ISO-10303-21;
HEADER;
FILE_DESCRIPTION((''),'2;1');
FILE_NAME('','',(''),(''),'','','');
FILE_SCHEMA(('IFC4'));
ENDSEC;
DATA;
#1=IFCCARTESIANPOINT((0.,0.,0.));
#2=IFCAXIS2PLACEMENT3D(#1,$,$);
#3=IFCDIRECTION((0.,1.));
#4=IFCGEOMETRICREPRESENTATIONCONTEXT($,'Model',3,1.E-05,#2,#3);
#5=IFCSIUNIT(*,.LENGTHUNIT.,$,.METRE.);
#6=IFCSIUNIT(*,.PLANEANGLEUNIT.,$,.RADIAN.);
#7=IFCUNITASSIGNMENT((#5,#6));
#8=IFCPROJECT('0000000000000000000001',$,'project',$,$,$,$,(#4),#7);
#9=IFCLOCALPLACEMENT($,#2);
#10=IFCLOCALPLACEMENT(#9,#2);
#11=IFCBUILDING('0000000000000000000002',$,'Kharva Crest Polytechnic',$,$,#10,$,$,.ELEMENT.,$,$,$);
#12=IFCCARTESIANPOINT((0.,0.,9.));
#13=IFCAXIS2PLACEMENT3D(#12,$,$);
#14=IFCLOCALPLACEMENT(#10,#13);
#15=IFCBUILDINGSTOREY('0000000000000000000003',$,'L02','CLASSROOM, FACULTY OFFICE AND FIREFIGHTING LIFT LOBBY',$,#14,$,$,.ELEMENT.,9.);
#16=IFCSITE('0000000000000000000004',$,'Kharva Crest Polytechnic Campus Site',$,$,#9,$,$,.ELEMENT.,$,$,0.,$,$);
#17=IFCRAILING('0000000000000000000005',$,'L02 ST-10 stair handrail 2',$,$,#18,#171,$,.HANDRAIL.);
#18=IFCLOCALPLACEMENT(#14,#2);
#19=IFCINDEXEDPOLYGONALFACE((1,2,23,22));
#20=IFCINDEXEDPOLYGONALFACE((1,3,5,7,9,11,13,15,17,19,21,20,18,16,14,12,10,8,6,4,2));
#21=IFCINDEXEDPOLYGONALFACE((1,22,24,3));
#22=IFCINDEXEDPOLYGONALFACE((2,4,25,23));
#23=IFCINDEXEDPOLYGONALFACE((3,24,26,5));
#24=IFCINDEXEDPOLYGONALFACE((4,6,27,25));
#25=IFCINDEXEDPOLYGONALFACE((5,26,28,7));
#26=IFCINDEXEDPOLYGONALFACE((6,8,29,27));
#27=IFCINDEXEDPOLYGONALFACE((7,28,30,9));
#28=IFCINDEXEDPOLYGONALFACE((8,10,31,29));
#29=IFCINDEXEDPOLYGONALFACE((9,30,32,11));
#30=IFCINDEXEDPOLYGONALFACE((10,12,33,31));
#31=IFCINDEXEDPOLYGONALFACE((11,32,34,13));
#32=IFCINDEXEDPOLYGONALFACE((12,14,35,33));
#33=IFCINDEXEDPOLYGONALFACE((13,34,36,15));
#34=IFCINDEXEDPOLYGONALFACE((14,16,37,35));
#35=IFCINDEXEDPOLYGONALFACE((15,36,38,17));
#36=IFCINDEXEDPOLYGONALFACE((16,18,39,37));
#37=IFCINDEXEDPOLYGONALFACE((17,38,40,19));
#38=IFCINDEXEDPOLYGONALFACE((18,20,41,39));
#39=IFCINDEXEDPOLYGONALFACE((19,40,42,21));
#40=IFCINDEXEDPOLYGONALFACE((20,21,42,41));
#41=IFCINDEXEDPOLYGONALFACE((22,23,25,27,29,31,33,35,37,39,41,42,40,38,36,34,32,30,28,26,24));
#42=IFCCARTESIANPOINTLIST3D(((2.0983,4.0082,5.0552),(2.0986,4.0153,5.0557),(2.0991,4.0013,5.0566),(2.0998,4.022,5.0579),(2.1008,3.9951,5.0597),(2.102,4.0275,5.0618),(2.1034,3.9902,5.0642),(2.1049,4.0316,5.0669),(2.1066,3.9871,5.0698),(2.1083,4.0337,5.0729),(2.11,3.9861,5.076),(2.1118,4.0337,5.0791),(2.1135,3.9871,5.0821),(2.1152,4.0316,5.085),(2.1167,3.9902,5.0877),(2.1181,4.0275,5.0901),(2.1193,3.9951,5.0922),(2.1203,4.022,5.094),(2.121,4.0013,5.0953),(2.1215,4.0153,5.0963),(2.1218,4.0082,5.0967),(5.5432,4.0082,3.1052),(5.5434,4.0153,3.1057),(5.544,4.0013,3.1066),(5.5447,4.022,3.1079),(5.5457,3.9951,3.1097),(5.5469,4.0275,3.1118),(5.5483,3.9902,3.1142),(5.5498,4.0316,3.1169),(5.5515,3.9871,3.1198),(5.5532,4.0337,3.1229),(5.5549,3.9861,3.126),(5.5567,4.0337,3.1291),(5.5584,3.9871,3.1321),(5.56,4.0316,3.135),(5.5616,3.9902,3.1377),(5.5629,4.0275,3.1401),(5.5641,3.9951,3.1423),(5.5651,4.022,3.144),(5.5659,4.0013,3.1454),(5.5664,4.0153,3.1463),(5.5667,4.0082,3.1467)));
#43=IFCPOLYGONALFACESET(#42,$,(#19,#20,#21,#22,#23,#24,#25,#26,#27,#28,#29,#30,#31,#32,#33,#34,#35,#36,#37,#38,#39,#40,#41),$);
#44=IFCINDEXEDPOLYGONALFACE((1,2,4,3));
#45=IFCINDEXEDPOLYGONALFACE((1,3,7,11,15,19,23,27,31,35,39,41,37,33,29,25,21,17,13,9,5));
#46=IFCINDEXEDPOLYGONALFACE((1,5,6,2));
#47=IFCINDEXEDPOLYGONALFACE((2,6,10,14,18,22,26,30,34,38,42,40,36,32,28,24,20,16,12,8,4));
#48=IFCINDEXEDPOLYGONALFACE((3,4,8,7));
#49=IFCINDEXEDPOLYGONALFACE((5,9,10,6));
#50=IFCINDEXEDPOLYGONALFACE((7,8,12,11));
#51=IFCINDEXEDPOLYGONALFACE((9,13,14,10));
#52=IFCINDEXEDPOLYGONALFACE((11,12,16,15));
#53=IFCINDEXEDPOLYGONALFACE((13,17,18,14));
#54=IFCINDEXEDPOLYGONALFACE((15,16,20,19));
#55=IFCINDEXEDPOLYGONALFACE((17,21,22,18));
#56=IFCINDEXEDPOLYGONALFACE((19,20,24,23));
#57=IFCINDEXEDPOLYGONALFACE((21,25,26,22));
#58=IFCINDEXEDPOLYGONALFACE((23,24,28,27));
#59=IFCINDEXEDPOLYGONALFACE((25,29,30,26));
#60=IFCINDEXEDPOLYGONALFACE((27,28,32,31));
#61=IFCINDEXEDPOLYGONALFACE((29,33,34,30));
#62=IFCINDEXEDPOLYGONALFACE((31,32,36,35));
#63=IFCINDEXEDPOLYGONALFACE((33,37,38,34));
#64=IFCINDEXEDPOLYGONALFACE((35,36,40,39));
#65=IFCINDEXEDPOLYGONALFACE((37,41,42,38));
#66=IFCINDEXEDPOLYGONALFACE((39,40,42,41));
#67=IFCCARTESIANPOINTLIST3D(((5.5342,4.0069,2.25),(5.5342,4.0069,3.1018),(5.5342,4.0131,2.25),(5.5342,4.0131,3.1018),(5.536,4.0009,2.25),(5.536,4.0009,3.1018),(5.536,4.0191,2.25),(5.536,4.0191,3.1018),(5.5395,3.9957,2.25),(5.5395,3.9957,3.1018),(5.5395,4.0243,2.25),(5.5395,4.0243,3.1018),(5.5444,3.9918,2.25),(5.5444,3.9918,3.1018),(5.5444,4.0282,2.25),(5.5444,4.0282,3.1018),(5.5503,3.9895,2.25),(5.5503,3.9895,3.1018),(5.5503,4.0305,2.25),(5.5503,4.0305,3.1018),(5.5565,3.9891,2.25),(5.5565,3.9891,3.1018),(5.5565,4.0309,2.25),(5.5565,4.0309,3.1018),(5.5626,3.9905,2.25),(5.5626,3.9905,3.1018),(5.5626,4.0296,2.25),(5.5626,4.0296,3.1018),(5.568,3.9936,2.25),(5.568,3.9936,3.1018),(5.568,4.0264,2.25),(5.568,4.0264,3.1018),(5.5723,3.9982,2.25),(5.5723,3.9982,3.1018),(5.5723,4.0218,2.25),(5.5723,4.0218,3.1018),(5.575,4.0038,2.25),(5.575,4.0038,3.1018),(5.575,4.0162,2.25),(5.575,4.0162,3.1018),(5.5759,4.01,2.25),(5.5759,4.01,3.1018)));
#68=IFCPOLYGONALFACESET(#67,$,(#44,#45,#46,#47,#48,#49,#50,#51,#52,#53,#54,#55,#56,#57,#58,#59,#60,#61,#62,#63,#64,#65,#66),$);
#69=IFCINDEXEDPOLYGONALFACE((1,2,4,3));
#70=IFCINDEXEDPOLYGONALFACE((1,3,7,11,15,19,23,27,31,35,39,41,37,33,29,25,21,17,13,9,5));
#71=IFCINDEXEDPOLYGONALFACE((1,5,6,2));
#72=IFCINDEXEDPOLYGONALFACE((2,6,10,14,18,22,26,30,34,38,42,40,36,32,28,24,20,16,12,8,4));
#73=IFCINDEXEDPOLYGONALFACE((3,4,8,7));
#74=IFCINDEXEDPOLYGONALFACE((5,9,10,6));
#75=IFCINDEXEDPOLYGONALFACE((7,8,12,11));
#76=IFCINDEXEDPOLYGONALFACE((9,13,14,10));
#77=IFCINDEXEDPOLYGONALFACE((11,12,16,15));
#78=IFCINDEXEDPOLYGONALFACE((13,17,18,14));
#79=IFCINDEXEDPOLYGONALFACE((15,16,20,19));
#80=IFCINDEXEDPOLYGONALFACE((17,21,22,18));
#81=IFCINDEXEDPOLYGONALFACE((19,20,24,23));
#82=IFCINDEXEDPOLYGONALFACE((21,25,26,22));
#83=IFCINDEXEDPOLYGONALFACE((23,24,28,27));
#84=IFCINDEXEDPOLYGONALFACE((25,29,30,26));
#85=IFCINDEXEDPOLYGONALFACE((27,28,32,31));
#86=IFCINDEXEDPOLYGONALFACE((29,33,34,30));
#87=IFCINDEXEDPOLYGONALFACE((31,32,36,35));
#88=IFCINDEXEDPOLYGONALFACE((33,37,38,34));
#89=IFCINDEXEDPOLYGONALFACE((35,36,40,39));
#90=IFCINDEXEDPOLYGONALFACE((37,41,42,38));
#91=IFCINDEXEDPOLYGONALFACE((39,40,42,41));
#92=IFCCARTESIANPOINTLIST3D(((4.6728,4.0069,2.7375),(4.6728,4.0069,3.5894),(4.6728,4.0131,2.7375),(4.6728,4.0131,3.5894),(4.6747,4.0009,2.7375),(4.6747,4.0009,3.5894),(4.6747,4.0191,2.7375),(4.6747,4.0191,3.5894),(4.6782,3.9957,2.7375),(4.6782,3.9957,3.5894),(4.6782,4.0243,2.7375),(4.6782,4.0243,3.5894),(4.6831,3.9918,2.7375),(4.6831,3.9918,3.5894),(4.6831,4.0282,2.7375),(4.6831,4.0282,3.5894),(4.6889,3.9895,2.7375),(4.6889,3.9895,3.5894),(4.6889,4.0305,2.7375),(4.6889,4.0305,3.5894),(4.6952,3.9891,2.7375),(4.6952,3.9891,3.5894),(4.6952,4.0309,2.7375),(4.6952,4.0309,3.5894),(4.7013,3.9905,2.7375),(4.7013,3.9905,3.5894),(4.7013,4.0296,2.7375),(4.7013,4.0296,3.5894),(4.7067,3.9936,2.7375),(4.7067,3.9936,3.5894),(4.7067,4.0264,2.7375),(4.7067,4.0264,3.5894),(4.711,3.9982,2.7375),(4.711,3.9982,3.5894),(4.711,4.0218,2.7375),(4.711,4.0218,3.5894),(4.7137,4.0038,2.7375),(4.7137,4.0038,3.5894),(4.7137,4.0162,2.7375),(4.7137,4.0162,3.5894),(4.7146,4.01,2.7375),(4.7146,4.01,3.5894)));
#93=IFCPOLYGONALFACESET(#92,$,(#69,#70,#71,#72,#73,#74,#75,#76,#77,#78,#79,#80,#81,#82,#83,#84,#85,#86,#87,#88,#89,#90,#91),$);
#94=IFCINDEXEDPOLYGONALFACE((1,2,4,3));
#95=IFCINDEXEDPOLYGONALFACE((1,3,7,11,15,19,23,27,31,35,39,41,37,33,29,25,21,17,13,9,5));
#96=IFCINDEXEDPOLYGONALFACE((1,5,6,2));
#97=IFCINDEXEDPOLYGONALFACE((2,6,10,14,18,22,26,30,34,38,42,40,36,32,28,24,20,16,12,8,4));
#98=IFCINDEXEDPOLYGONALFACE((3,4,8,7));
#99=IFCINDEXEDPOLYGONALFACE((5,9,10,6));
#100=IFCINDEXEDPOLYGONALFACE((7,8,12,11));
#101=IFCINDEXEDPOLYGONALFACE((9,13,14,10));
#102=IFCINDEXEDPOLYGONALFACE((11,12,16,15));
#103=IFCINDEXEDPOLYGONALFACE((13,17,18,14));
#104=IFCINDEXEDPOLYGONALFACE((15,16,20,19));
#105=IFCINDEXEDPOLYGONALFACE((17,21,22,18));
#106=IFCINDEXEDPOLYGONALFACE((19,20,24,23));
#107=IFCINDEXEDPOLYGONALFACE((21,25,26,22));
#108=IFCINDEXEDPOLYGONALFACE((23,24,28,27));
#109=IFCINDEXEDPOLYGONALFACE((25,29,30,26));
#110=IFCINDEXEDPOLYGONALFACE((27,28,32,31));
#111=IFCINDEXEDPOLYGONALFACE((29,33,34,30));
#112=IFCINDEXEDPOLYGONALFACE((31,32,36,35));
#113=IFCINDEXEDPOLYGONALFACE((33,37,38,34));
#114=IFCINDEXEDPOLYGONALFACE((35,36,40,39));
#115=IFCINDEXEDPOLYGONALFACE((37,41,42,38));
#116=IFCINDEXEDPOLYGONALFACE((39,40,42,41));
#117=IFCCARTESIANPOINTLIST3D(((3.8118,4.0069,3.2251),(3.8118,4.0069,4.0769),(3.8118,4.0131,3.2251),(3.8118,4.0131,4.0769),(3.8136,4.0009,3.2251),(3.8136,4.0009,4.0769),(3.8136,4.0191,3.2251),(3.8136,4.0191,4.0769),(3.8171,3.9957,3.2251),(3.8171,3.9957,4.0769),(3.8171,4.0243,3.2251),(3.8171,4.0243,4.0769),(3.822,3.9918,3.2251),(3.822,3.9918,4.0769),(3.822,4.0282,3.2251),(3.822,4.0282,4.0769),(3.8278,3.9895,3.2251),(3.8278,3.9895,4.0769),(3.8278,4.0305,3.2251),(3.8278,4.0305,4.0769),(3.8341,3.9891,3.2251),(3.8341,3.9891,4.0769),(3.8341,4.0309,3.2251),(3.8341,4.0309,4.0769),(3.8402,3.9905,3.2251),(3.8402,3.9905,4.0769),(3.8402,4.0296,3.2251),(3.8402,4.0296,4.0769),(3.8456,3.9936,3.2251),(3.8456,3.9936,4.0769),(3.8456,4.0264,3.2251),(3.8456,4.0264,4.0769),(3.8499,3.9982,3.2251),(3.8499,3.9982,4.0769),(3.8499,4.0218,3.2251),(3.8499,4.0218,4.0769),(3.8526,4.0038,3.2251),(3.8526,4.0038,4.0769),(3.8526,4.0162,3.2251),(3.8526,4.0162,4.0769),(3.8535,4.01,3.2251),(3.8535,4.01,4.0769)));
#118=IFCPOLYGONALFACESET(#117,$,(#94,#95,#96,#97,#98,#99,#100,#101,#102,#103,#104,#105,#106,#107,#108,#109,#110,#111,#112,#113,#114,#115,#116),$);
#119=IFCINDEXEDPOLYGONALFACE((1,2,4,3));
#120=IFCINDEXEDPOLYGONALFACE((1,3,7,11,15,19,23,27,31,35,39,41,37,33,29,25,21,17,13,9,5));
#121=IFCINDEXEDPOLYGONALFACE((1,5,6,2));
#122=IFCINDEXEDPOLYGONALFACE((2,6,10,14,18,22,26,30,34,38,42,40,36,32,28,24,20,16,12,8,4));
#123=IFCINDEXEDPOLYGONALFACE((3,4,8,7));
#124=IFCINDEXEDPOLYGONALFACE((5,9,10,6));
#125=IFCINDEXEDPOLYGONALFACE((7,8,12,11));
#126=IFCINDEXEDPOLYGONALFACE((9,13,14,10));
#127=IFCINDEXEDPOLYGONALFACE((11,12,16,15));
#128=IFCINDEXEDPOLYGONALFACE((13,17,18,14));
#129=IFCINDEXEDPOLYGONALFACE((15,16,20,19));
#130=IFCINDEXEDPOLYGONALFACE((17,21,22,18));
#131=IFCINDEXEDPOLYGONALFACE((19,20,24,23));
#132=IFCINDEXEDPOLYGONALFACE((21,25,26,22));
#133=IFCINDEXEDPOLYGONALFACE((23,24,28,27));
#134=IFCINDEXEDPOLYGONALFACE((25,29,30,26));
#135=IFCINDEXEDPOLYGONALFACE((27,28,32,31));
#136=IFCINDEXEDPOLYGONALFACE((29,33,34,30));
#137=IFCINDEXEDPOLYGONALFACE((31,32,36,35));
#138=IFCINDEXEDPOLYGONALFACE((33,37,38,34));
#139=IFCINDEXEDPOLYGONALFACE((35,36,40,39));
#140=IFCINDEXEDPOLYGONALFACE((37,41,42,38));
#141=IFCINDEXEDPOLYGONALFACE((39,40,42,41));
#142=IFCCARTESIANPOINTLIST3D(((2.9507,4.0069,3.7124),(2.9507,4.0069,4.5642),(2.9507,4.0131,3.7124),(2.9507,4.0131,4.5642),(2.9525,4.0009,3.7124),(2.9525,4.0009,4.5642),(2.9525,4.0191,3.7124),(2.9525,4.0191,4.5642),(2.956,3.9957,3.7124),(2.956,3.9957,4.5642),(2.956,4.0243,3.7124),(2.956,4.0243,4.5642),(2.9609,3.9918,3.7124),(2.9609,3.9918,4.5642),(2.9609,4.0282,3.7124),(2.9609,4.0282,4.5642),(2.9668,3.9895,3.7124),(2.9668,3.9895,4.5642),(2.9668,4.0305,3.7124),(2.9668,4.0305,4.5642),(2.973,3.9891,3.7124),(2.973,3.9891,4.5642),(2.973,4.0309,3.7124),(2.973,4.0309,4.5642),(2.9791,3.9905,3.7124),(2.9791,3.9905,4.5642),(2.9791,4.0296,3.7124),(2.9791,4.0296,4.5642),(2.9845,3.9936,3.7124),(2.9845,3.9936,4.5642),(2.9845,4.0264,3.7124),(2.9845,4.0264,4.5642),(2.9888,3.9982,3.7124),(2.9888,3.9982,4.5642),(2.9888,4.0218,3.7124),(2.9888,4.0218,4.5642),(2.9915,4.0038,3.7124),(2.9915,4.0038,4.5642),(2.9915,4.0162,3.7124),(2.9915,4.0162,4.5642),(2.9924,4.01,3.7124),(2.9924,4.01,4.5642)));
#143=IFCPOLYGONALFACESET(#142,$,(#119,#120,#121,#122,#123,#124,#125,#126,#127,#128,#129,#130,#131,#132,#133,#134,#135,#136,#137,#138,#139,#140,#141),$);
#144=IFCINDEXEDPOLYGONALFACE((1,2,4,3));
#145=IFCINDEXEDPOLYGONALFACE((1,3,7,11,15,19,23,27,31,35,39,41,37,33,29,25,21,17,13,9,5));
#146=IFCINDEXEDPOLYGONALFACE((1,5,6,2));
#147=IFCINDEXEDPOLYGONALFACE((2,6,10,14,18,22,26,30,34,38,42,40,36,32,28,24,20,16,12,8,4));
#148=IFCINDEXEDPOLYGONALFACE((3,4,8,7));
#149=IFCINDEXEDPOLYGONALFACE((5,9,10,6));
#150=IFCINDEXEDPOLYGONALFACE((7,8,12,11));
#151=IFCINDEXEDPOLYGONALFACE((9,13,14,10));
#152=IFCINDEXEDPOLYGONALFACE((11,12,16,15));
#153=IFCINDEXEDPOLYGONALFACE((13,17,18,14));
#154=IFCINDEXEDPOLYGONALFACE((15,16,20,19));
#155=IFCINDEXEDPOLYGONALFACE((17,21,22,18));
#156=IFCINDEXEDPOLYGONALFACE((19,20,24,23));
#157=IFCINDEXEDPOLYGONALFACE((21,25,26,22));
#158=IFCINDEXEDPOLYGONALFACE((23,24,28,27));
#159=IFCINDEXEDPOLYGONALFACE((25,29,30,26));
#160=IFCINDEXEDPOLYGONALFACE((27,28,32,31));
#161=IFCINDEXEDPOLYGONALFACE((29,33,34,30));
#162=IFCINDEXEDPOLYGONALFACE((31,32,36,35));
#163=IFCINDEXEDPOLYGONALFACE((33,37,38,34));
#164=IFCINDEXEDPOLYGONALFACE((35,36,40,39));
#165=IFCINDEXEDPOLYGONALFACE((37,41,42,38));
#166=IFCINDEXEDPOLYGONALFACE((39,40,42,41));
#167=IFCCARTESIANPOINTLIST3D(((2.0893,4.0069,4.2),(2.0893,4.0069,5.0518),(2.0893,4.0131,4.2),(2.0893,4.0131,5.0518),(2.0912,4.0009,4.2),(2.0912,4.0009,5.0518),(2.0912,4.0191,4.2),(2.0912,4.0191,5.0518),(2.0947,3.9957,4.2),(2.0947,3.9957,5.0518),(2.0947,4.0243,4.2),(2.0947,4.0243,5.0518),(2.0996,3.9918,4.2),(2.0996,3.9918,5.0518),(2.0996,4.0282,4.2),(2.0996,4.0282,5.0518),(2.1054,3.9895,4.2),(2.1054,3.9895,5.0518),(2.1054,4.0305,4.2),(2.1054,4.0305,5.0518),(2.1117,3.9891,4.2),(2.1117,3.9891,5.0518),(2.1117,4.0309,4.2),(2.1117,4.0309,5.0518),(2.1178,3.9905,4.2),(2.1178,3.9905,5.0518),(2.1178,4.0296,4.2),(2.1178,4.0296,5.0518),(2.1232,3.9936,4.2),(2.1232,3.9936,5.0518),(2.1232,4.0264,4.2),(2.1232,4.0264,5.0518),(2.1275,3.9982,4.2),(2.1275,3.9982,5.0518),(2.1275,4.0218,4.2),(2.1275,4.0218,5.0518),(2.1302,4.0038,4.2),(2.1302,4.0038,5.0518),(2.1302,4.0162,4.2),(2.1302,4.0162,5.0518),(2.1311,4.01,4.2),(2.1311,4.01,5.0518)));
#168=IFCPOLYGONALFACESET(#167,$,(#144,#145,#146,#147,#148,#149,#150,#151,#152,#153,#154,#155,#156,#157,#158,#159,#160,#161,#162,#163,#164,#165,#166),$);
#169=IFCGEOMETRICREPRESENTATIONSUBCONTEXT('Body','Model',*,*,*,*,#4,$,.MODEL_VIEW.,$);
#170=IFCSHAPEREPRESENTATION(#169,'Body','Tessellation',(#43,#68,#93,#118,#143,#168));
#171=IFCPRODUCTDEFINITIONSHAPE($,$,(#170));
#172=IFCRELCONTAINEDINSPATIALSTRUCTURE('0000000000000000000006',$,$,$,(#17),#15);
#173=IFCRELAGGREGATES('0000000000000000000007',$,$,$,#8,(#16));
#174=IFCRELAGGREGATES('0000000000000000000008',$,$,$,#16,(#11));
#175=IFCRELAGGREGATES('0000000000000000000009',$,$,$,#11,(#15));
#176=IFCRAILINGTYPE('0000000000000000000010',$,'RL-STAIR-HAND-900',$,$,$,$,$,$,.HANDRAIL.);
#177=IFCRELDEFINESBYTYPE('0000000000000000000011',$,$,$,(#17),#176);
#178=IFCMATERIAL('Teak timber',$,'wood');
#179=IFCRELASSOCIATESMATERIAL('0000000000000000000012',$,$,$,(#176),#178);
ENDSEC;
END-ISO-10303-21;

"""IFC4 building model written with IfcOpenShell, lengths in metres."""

from ifc_helpers import new_model, si_unit, direction, frame, origin, origin_2d, place, context, subcontext, project, spatial, circle, extrude, material, type_object, element, save


model = new_model("IFC4")

# Units and contexts
model_context = context("Model", 3, precision=1e-05, world=origin(), true_north=direction((0.0, 1.0)))
body_context = subcontext(model_context, "Body", "Model", "MODEL_VIEW")
ifc_project = project(units=[si_unit("LENGTHUNIT", "METRE"), si_unit("PLANEANGLEUNIT", "RADIAN")], contexts=[model_context])

# Site, building, storey
site_placement = place(None, origin())
site = spatial("IfcSite", under=ifc_project, at=site_placement, Name="Kharva Crest Polytechnic Campus Site", CompositionType="ELEMENT", RefElevation=0.0)
building_placement = place(site_placement, origin())
building = spatial("IfcBuilding", under=site, at=building_placement, Name="Kharva Crest Polytechnic", CompositionType="ELEMENT")
storey_placement = place(building_placement, frame((0.0, 0.0, 9.0)))
storey = spatial("IfcBuildingStorey", under=building, at=storey_placement, Name="L02", Description="CLASSROOM, FACULTY OFFICE AND FIREFIGHTING LIFT LOBBY", CompositionType="ELEMENT", Elevation=9.0)

# Shared definitions
ifc_material_1 = material(Name="Teak timber", Category="wood")

# Railing
railing_type_1 = type_object("IfcRailingType", Name="RL-STAIR-HAND-900", PredefinedType="HANDRAIL", material=ifc_material_1)
railing_1_placement = place(storey_placement, frame((5.5549, 4.01, 2.25)))
element("IfcRailing", 1, at=railing_1_placement, inside=storey, type_object=railing_type_1, Name="L02 ST-10 stair handrail 2", PredefinedType="HANDRAIL", context=body_context, shape_type="SweptSolid", body=[
    extrude(circle(Radius=0.0239, at=origin_2d()), frame((0.0, 0.0, 0.876), z_axis=(-0.870251, 0.0, 0.492608), x_axis=(0.0, -1.0, 0.0)), (0.0, 0.0, 1.0), 3.9585),
    extrude(circle(Radius=0.021, at=origin_2d()), origin(), (0.0, 0.0, 1.0), 0.8518),
    extrude(circle(Radius=0.021, at=origin_2d()), frame((-0.8613, 0.0, 0.4875)), (0.0, 0.0, 1.0), 0.8518),
    extrude(circle(Radius=0.021, at=origin_2d()), frame((-1.7224, 0.0, 0.9751)), (0.0, 0.0, 1.0), 0.8518),
    extrude(circle(Radius=0.021, at=origin_2d()), frame((-2.5835, 0.0, 1.4624)), (0.0, 0.0, 1.0), 0.8518),
    extrude(circle(Radius=0.021, at=origin_2d()), frame((-3.4448, 0.0, 1.95)), (0.0, 0.0, 1.0), 0.8518),
])

save(model, "model.ifc")
